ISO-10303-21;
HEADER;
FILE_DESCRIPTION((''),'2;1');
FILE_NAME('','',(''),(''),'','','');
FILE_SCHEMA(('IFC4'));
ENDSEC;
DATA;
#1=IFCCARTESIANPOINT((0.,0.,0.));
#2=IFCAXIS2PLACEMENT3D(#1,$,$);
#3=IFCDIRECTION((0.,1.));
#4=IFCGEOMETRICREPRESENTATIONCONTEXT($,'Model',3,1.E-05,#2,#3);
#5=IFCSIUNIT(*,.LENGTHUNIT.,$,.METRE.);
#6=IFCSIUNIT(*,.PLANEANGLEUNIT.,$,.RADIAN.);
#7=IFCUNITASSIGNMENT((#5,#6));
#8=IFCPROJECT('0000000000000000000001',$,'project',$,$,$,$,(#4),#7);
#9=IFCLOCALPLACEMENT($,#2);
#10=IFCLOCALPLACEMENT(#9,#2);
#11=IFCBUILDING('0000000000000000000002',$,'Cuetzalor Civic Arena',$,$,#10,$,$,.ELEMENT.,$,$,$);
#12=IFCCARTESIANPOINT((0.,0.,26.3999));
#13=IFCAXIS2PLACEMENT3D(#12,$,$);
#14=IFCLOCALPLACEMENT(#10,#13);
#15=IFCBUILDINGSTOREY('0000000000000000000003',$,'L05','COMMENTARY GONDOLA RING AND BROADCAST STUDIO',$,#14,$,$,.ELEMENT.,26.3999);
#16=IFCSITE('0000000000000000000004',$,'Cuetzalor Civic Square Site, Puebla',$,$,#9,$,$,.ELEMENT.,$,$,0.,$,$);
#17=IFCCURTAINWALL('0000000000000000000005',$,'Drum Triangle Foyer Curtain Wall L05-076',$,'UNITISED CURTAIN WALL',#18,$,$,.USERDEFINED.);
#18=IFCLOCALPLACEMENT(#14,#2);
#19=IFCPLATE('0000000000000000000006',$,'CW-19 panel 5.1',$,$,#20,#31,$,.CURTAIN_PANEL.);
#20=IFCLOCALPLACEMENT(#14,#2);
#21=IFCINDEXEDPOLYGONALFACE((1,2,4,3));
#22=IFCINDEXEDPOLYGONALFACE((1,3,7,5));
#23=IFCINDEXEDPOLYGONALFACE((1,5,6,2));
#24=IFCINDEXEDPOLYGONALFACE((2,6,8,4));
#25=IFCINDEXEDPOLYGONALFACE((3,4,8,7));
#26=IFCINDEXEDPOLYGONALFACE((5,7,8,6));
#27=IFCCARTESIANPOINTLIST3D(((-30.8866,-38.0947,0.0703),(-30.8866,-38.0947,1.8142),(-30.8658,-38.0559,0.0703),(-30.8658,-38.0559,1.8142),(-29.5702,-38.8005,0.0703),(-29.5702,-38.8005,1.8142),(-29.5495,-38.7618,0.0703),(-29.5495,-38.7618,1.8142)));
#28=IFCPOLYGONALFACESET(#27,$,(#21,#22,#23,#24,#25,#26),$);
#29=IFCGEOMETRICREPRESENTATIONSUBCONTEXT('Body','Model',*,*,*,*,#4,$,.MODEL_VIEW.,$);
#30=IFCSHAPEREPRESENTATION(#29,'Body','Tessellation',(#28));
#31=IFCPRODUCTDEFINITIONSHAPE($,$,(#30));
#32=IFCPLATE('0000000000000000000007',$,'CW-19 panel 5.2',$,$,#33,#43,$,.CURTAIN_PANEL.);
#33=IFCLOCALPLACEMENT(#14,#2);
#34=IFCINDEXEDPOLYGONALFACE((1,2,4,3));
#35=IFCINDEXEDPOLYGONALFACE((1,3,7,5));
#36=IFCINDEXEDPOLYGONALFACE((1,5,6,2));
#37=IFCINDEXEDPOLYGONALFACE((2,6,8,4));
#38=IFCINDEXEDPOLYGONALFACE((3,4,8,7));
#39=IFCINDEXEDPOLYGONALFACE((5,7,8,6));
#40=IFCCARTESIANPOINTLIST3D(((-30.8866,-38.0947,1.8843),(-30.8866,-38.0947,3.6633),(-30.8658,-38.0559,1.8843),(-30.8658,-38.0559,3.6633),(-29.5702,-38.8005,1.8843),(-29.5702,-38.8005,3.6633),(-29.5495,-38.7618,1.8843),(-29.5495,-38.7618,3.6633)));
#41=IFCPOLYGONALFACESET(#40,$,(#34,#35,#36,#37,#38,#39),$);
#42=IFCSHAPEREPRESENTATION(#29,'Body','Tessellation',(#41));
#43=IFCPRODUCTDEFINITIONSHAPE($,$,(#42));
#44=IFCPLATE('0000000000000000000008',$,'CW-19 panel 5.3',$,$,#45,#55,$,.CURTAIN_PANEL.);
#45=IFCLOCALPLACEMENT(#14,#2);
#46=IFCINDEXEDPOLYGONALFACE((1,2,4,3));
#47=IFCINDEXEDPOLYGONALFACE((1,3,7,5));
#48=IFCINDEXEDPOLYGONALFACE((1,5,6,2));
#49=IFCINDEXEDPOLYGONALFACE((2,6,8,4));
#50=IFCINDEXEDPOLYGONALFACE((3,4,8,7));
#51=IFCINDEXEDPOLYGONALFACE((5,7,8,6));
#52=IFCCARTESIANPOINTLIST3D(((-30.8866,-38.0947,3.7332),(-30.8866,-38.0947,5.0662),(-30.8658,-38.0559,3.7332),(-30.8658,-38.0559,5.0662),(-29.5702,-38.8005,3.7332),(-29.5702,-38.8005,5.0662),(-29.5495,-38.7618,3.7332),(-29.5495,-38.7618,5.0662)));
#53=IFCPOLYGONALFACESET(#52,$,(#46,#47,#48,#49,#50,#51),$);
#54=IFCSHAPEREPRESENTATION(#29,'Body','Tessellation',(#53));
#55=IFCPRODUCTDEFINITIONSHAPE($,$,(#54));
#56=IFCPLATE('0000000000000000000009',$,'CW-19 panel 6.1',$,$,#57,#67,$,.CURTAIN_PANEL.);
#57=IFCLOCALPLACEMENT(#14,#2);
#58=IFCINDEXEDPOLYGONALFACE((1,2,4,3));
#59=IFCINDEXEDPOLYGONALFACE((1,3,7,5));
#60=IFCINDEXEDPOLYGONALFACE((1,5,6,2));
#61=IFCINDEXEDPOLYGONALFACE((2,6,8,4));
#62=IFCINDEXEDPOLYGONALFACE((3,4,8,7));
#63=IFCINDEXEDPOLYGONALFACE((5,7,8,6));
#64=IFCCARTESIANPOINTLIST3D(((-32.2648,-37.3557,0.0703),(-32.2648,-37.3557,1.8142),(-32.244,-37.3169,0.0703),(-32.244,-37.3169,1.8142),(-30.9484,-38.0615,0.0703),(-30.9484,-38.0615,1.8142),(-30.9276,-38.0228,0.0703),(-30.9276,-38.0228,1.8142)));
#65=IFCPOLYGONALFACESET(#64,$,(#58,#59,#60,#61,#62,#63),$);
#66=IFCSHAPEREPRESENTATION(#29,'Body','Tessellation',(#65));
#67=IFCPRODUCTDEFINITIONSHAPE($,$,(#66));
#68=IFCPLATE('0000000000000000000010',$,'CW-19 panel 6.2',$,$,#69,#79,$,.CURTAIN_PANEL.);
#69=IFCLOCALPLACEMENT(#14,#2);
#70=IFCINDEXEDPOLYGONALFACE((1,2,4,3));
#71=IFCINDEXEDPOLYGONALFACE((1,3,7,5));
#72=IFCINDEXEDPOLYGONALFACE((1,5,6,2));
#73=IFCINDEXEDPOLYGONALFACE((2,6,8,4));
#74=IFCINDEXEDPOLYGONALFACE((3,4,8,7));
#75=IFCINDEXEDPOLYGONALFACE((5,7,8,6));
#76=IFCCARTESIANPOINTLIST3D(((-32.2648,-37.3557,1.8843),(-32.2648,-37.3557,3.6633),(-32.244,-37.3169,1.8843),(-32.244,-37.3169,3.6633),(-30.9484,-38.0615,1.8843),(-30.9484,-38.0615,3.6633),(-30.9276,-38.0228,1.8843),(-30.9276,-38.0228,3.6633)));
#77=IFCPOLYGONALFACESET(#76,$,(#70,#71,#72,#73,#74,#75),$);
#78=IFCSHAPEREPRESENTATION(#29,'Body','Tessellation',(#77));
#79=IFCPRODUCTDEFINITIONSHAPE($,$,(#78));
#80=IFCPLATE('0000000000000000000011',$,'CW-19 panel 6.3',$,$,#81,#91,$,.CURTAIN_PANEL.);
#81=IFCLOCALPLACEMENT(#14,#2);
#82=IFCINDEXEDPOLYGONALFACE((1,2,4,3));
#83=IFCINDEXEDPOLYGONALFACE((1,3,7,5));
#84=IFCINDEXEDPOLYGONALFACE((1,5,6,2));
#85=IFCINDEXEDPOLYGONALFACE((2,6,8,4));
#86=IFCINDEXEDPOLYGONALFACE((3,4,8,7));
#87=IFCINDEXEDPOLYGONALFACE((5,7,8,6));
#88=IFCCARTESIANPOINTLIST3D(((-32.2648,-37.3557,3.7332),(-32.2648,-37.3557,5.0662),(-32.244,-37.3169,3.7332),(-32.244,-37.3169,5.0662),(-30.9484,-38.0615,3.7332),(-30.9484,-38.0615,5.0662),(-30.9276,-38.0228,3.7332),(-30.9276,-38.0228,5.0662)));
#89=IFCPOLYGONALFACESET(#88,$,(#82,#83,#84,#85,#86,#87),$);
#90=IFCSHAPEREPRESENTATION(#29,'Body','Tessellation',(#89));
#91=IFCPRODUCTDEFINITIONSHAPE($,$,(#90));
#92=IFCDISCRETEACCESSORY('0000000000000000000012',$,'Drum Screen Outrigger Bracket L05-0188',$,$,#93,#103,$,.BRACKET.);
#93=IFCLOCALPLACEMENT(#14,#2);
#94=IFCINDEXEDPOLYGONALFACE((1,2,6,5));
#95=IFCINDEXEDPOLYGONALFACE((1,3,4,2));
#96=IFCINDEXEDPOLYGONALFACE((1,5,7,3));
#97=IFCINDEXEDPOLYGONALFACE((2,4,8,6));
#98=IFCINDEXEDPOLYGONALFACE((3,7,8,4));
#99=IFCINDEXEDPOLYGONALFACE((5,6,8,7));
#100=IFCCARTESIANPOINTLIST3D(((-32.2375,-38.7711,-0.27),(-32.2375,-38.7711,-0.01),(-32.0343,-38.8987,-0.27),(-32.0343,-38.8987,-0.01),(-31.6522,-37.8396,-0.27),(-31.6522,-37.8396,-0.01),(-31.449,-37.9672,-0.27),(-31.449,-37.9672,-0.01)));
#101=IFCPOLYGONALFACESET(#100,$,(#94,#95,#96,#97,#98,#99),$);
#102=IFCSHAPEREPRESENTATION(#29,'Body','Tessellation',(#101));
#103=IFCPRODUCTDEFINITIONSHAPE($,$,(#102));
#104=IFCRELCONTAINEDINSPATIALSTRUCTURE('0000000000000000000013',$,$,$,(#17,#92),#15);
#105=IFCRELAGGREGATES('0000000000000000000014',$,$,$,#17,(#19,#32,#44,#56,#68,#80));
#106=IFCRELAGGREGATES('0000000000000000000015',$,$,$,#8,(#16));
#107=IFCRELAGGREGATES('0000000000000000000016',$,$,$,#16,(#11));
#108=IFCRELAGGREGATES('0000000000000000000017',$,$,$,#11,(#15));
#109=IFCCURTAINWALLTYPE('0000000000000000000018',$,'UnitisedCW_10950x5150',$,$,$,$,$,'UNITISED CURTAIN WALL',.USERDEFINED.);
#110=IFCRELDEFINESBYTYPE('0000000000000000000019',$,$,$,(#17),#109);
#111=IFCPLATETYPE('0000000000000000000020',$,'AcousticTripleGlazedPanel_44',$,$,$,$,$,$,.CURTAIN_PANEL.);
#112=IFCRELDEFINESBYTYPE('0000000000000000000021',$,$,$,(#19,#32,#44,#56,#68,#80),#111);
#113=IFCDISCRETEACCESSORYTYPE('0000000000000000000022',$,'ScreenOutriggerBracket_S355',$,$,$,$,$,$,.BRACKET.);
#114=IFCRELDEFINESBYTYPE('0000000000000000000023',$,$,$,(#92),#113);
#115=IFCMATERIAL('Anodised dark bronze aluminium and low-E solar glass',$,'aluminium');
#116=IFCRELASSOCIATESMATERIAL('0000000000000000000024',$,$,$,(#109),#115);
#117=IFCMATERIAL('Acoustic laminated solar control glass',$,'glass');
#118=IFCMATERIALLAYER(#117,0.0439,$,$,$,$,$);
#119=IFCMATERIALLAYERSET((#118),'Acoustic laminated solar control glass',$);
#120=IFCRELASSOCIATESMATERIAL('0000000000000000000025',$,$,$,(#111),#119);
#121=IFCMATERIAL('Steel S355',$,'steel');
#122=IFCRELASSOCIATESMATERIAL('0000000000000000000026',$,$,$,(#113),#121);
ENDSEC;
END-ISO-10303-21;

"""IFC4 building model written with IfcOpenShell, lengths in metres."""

from ifc_helpers import new_model, si_unit, direction, frame, origin, origin_2d, place, context, subcontext, project, spatial, rectangle, extrude, material, layer, layer_set, type_object, element, aggregate, save


model = new_model("IFC4")

# Units and contexts
model_context = context("Model", 3, precision=1e-05, world=origin(), true_north=direction((0.0, 1.0)))
body_context = subcontext(model_context, "Body", "Model", "MODEL_VIEW")
ifc_project = project(units=[si_unit("LENGTHUNIT", "METRE"), si_unit("PLANEANGLEUNIT", "RADIAN")], contexts=[model_context])

# Site, building, storey
site_placement = place(None, origin())
site = spatial("IfcSite", under=ifc_project, at=site_placement, Name="Cuetzalor Civic Square Site, Puebla", CompositionType="ELEMENT", RefElevation=0.0)
building_placement = place(site_placement, origin())
building = spatial("IfcBuilding", under=site, at=building_placement, Name="Cuetzalor Civic Arena", CompositionType="ELEMENT")
storey_placement = place(building_placement, frame((0.0, 0.0, 26.3999)))
storey = spatial("IfcBuildingStorey", under=building, at=storey_placement, Name="L05", Description="COMMENTARY GONDOLA RING AND BROADCAST STUDIO", CompositionType="ELEMENT", Elevation=26.3999)

# Curtain wall, plates
ifc_material_1 = material(Name="Anodised dark bronze aluminium and low-E solar glass", Category="aluminium")
curtain_wall_type = type_object("IfcCurtainWallType", Name="UnitisedCW_10950x5150", ElementType="UNITISED CURTAIN WALL", PredefinedType="USERDEFINED", material=ifc_material_1)
curtain_wall_placement = place(storey_placement, origin())
curtain_wall = element("IfcCurtainWall", 1, at=curtain_wall_placement, inside=storey, type_object=curtain_wall_type, Name="Drum Triangle Foyer Curtain Wall L05-076", ObjectType="UNITISED CURTAIN WALL", PredefinedType="USERDEFINED")
ifc_material_2 = material(Name="Acoustic laminated solar control glass", Category="glass")
ifc_layer = layer(ifc_material_2, 0.0439)
ifc_layer_set = layer_set([ifc_layer], Name="Acoustic laminated solar control glass")
plate_type = type_object("IfcPlateType", Name="AcousticTripleGlazedPanel_44", PredefinedType="CURTAIN_PANEL", material=ifc_layer_set)
plate_1_placement = place(storey_placement, frame((-30.218, -38.4282, 0.0703), z_axis=(0.0, 0.0, 1.0), x_axis=(-0.881306, 0.472545, 0.0)))
plate_1 = element("IfcPlate", 2, at=plate_1_placement, type_object=plate_type, Name="CW-19 panel 5.1", PredefinedType="CURTAIN_PANEL", context=body_context, shape_type="SweptSolid", body=[
    extrude(rectangle(XDim=1.4937, YDim=0.0439, at=origin_2d()), origin(), (0.0, 0.0, 1.0), 1.7439),
])
plate_2_placement = place(storey_placement, frame((-30.218, -38.4282, 1.8843), z_axis=(0.0, 0.0, 1.0), x_axis=(-0.881306, 0.472545, 0.0)))
plate_2 = element("IfcPlate", 3, at=plate_2_placement, type_object=plate_type, Name="CW-19 panel 5.2", PredefinedType="CURTAIN_PANEL", context=body_context, shape_type="SweptSolid", body=[
    extrude(rectangle(XDim=1.4937, YDim=0.0439, at=origin_2d()), origin(), (0.0, 0.0, 1.0), 1.7791),
])
plate_3_placement = place(storey_placement, frame((-30.218, -38.4282, 3.7332), z_axis=(0.0, 0.0, 1.0), x_axis=(-0.881306, 0.472545, 0.0)))
plate_3 = element("IfcPlate", 4, at=plate_3_placement, type_object=plate_type, Name="CW-19 panel 5.3", PredefinedType="CURTAIN_PANEL", context=body_context, shape_type="SweptSolid", body=[
    extrude(rectangle(XDim=1.4937, YDim=0.0439, at=origin_2d()), origin(), (0.0, 0.0, 1.0), 1.333),
])
plate_4_placement = place(storey_placement, frame((-31.5962, -37.6892, 0.0703), z_axis=(0.0, 0.0, 1.0), x_axis=(-0.881306, 0.472545, 0.0)))
plate_4 = element("IfcPlate", 5, at=plate_4_placement, type_object=plate_type, Name="CW-19 panel 6.1", PredefinedType="CURTAIN_PANEL", context=body_context, shape_type="SweptSolid", body=[
    extrude(rectangle(XDim=1.4937, YDim=0.0439, at=origin_2d()), origin(), (0.0, 0.0, 1.0), 1.7439),
])
plate_5_placement = place(storey_placement, frame((-31.5962, -37.6892, 1.8843), z_axis=(0.0, 0.0, 1.0), x_axis=(-0.881306, 0.472545, 0.0)))
plate_5 = element("IfcPlate", 6, at=plate_5_placement, type_object=plate_type, Name="CW-19 panel 6.2", PredefinedType="CURTAIN_PANEL", context=body_context, shape_type="SweptSolid", body=[
    extrude(rectangle(XDim=1.4937, YDim=0.0439, at=origin_2d()), origin(), (0.0, 0.0, 1.0), 1.7791),
])
plate_6_placement = place(storey_placement, frame((-31.5962, -37.6892, 3.7332), z_axis=(0.0, 0.0, 1.0), x_axis=(-0.881306, 0.472545, 0.0)))
plate_6 = element("IfcPlate", 7, at=plate_6_placement, type_object=plate_type, Name="CW-19 panel 6.3", PredefinedType="CURTAIN_PANEL", context=body_context, shape_type="SweptSolid", body=[
    extrude(rectangle(XDim=1.4937, YDim=0.0439, at=origin_2d()), origin(), (0.0, 0.0, 1.0), 1.333),
])
aggregate(curtain_wall, [plate_1, plate_2, plate_3, plate_4, plate_5, plate_6])

# Discrete accessory
ifc_material_3 = material(Name="Steel S355", Category="steel")
discrete_accessory_type = type_object("IfcDiscreteAccessoryType", Name="ScreenOutriggerBracket_S355", PredefinedType="BRACKET", material=ifc_material_3)
discrete_accessory_placement = place(storey_placement, frame((-31.8433, -38.3691, -0.27), z_axis=(0.0, 0.0, 1.0), x_axis=(-0.53199, -0.846751, 0.0)))
element("IfcDiscreteAccessory", 8, at=discrete_accessory_placement, inside=storey, type_object=discrete_accessory_type, Name="Drum Screen Outrigger Bracket L05-0188", PredefinedType="BRACKET", context=body_context, shape_type="SweptSolid", body=[
    extrude(rectangle(XDim=1.1001, YDim=0.24, at=origin_2d()), origin(), (0.0, 0.0, 1.0), 0.26),
])

save(model, "model.ifc")
